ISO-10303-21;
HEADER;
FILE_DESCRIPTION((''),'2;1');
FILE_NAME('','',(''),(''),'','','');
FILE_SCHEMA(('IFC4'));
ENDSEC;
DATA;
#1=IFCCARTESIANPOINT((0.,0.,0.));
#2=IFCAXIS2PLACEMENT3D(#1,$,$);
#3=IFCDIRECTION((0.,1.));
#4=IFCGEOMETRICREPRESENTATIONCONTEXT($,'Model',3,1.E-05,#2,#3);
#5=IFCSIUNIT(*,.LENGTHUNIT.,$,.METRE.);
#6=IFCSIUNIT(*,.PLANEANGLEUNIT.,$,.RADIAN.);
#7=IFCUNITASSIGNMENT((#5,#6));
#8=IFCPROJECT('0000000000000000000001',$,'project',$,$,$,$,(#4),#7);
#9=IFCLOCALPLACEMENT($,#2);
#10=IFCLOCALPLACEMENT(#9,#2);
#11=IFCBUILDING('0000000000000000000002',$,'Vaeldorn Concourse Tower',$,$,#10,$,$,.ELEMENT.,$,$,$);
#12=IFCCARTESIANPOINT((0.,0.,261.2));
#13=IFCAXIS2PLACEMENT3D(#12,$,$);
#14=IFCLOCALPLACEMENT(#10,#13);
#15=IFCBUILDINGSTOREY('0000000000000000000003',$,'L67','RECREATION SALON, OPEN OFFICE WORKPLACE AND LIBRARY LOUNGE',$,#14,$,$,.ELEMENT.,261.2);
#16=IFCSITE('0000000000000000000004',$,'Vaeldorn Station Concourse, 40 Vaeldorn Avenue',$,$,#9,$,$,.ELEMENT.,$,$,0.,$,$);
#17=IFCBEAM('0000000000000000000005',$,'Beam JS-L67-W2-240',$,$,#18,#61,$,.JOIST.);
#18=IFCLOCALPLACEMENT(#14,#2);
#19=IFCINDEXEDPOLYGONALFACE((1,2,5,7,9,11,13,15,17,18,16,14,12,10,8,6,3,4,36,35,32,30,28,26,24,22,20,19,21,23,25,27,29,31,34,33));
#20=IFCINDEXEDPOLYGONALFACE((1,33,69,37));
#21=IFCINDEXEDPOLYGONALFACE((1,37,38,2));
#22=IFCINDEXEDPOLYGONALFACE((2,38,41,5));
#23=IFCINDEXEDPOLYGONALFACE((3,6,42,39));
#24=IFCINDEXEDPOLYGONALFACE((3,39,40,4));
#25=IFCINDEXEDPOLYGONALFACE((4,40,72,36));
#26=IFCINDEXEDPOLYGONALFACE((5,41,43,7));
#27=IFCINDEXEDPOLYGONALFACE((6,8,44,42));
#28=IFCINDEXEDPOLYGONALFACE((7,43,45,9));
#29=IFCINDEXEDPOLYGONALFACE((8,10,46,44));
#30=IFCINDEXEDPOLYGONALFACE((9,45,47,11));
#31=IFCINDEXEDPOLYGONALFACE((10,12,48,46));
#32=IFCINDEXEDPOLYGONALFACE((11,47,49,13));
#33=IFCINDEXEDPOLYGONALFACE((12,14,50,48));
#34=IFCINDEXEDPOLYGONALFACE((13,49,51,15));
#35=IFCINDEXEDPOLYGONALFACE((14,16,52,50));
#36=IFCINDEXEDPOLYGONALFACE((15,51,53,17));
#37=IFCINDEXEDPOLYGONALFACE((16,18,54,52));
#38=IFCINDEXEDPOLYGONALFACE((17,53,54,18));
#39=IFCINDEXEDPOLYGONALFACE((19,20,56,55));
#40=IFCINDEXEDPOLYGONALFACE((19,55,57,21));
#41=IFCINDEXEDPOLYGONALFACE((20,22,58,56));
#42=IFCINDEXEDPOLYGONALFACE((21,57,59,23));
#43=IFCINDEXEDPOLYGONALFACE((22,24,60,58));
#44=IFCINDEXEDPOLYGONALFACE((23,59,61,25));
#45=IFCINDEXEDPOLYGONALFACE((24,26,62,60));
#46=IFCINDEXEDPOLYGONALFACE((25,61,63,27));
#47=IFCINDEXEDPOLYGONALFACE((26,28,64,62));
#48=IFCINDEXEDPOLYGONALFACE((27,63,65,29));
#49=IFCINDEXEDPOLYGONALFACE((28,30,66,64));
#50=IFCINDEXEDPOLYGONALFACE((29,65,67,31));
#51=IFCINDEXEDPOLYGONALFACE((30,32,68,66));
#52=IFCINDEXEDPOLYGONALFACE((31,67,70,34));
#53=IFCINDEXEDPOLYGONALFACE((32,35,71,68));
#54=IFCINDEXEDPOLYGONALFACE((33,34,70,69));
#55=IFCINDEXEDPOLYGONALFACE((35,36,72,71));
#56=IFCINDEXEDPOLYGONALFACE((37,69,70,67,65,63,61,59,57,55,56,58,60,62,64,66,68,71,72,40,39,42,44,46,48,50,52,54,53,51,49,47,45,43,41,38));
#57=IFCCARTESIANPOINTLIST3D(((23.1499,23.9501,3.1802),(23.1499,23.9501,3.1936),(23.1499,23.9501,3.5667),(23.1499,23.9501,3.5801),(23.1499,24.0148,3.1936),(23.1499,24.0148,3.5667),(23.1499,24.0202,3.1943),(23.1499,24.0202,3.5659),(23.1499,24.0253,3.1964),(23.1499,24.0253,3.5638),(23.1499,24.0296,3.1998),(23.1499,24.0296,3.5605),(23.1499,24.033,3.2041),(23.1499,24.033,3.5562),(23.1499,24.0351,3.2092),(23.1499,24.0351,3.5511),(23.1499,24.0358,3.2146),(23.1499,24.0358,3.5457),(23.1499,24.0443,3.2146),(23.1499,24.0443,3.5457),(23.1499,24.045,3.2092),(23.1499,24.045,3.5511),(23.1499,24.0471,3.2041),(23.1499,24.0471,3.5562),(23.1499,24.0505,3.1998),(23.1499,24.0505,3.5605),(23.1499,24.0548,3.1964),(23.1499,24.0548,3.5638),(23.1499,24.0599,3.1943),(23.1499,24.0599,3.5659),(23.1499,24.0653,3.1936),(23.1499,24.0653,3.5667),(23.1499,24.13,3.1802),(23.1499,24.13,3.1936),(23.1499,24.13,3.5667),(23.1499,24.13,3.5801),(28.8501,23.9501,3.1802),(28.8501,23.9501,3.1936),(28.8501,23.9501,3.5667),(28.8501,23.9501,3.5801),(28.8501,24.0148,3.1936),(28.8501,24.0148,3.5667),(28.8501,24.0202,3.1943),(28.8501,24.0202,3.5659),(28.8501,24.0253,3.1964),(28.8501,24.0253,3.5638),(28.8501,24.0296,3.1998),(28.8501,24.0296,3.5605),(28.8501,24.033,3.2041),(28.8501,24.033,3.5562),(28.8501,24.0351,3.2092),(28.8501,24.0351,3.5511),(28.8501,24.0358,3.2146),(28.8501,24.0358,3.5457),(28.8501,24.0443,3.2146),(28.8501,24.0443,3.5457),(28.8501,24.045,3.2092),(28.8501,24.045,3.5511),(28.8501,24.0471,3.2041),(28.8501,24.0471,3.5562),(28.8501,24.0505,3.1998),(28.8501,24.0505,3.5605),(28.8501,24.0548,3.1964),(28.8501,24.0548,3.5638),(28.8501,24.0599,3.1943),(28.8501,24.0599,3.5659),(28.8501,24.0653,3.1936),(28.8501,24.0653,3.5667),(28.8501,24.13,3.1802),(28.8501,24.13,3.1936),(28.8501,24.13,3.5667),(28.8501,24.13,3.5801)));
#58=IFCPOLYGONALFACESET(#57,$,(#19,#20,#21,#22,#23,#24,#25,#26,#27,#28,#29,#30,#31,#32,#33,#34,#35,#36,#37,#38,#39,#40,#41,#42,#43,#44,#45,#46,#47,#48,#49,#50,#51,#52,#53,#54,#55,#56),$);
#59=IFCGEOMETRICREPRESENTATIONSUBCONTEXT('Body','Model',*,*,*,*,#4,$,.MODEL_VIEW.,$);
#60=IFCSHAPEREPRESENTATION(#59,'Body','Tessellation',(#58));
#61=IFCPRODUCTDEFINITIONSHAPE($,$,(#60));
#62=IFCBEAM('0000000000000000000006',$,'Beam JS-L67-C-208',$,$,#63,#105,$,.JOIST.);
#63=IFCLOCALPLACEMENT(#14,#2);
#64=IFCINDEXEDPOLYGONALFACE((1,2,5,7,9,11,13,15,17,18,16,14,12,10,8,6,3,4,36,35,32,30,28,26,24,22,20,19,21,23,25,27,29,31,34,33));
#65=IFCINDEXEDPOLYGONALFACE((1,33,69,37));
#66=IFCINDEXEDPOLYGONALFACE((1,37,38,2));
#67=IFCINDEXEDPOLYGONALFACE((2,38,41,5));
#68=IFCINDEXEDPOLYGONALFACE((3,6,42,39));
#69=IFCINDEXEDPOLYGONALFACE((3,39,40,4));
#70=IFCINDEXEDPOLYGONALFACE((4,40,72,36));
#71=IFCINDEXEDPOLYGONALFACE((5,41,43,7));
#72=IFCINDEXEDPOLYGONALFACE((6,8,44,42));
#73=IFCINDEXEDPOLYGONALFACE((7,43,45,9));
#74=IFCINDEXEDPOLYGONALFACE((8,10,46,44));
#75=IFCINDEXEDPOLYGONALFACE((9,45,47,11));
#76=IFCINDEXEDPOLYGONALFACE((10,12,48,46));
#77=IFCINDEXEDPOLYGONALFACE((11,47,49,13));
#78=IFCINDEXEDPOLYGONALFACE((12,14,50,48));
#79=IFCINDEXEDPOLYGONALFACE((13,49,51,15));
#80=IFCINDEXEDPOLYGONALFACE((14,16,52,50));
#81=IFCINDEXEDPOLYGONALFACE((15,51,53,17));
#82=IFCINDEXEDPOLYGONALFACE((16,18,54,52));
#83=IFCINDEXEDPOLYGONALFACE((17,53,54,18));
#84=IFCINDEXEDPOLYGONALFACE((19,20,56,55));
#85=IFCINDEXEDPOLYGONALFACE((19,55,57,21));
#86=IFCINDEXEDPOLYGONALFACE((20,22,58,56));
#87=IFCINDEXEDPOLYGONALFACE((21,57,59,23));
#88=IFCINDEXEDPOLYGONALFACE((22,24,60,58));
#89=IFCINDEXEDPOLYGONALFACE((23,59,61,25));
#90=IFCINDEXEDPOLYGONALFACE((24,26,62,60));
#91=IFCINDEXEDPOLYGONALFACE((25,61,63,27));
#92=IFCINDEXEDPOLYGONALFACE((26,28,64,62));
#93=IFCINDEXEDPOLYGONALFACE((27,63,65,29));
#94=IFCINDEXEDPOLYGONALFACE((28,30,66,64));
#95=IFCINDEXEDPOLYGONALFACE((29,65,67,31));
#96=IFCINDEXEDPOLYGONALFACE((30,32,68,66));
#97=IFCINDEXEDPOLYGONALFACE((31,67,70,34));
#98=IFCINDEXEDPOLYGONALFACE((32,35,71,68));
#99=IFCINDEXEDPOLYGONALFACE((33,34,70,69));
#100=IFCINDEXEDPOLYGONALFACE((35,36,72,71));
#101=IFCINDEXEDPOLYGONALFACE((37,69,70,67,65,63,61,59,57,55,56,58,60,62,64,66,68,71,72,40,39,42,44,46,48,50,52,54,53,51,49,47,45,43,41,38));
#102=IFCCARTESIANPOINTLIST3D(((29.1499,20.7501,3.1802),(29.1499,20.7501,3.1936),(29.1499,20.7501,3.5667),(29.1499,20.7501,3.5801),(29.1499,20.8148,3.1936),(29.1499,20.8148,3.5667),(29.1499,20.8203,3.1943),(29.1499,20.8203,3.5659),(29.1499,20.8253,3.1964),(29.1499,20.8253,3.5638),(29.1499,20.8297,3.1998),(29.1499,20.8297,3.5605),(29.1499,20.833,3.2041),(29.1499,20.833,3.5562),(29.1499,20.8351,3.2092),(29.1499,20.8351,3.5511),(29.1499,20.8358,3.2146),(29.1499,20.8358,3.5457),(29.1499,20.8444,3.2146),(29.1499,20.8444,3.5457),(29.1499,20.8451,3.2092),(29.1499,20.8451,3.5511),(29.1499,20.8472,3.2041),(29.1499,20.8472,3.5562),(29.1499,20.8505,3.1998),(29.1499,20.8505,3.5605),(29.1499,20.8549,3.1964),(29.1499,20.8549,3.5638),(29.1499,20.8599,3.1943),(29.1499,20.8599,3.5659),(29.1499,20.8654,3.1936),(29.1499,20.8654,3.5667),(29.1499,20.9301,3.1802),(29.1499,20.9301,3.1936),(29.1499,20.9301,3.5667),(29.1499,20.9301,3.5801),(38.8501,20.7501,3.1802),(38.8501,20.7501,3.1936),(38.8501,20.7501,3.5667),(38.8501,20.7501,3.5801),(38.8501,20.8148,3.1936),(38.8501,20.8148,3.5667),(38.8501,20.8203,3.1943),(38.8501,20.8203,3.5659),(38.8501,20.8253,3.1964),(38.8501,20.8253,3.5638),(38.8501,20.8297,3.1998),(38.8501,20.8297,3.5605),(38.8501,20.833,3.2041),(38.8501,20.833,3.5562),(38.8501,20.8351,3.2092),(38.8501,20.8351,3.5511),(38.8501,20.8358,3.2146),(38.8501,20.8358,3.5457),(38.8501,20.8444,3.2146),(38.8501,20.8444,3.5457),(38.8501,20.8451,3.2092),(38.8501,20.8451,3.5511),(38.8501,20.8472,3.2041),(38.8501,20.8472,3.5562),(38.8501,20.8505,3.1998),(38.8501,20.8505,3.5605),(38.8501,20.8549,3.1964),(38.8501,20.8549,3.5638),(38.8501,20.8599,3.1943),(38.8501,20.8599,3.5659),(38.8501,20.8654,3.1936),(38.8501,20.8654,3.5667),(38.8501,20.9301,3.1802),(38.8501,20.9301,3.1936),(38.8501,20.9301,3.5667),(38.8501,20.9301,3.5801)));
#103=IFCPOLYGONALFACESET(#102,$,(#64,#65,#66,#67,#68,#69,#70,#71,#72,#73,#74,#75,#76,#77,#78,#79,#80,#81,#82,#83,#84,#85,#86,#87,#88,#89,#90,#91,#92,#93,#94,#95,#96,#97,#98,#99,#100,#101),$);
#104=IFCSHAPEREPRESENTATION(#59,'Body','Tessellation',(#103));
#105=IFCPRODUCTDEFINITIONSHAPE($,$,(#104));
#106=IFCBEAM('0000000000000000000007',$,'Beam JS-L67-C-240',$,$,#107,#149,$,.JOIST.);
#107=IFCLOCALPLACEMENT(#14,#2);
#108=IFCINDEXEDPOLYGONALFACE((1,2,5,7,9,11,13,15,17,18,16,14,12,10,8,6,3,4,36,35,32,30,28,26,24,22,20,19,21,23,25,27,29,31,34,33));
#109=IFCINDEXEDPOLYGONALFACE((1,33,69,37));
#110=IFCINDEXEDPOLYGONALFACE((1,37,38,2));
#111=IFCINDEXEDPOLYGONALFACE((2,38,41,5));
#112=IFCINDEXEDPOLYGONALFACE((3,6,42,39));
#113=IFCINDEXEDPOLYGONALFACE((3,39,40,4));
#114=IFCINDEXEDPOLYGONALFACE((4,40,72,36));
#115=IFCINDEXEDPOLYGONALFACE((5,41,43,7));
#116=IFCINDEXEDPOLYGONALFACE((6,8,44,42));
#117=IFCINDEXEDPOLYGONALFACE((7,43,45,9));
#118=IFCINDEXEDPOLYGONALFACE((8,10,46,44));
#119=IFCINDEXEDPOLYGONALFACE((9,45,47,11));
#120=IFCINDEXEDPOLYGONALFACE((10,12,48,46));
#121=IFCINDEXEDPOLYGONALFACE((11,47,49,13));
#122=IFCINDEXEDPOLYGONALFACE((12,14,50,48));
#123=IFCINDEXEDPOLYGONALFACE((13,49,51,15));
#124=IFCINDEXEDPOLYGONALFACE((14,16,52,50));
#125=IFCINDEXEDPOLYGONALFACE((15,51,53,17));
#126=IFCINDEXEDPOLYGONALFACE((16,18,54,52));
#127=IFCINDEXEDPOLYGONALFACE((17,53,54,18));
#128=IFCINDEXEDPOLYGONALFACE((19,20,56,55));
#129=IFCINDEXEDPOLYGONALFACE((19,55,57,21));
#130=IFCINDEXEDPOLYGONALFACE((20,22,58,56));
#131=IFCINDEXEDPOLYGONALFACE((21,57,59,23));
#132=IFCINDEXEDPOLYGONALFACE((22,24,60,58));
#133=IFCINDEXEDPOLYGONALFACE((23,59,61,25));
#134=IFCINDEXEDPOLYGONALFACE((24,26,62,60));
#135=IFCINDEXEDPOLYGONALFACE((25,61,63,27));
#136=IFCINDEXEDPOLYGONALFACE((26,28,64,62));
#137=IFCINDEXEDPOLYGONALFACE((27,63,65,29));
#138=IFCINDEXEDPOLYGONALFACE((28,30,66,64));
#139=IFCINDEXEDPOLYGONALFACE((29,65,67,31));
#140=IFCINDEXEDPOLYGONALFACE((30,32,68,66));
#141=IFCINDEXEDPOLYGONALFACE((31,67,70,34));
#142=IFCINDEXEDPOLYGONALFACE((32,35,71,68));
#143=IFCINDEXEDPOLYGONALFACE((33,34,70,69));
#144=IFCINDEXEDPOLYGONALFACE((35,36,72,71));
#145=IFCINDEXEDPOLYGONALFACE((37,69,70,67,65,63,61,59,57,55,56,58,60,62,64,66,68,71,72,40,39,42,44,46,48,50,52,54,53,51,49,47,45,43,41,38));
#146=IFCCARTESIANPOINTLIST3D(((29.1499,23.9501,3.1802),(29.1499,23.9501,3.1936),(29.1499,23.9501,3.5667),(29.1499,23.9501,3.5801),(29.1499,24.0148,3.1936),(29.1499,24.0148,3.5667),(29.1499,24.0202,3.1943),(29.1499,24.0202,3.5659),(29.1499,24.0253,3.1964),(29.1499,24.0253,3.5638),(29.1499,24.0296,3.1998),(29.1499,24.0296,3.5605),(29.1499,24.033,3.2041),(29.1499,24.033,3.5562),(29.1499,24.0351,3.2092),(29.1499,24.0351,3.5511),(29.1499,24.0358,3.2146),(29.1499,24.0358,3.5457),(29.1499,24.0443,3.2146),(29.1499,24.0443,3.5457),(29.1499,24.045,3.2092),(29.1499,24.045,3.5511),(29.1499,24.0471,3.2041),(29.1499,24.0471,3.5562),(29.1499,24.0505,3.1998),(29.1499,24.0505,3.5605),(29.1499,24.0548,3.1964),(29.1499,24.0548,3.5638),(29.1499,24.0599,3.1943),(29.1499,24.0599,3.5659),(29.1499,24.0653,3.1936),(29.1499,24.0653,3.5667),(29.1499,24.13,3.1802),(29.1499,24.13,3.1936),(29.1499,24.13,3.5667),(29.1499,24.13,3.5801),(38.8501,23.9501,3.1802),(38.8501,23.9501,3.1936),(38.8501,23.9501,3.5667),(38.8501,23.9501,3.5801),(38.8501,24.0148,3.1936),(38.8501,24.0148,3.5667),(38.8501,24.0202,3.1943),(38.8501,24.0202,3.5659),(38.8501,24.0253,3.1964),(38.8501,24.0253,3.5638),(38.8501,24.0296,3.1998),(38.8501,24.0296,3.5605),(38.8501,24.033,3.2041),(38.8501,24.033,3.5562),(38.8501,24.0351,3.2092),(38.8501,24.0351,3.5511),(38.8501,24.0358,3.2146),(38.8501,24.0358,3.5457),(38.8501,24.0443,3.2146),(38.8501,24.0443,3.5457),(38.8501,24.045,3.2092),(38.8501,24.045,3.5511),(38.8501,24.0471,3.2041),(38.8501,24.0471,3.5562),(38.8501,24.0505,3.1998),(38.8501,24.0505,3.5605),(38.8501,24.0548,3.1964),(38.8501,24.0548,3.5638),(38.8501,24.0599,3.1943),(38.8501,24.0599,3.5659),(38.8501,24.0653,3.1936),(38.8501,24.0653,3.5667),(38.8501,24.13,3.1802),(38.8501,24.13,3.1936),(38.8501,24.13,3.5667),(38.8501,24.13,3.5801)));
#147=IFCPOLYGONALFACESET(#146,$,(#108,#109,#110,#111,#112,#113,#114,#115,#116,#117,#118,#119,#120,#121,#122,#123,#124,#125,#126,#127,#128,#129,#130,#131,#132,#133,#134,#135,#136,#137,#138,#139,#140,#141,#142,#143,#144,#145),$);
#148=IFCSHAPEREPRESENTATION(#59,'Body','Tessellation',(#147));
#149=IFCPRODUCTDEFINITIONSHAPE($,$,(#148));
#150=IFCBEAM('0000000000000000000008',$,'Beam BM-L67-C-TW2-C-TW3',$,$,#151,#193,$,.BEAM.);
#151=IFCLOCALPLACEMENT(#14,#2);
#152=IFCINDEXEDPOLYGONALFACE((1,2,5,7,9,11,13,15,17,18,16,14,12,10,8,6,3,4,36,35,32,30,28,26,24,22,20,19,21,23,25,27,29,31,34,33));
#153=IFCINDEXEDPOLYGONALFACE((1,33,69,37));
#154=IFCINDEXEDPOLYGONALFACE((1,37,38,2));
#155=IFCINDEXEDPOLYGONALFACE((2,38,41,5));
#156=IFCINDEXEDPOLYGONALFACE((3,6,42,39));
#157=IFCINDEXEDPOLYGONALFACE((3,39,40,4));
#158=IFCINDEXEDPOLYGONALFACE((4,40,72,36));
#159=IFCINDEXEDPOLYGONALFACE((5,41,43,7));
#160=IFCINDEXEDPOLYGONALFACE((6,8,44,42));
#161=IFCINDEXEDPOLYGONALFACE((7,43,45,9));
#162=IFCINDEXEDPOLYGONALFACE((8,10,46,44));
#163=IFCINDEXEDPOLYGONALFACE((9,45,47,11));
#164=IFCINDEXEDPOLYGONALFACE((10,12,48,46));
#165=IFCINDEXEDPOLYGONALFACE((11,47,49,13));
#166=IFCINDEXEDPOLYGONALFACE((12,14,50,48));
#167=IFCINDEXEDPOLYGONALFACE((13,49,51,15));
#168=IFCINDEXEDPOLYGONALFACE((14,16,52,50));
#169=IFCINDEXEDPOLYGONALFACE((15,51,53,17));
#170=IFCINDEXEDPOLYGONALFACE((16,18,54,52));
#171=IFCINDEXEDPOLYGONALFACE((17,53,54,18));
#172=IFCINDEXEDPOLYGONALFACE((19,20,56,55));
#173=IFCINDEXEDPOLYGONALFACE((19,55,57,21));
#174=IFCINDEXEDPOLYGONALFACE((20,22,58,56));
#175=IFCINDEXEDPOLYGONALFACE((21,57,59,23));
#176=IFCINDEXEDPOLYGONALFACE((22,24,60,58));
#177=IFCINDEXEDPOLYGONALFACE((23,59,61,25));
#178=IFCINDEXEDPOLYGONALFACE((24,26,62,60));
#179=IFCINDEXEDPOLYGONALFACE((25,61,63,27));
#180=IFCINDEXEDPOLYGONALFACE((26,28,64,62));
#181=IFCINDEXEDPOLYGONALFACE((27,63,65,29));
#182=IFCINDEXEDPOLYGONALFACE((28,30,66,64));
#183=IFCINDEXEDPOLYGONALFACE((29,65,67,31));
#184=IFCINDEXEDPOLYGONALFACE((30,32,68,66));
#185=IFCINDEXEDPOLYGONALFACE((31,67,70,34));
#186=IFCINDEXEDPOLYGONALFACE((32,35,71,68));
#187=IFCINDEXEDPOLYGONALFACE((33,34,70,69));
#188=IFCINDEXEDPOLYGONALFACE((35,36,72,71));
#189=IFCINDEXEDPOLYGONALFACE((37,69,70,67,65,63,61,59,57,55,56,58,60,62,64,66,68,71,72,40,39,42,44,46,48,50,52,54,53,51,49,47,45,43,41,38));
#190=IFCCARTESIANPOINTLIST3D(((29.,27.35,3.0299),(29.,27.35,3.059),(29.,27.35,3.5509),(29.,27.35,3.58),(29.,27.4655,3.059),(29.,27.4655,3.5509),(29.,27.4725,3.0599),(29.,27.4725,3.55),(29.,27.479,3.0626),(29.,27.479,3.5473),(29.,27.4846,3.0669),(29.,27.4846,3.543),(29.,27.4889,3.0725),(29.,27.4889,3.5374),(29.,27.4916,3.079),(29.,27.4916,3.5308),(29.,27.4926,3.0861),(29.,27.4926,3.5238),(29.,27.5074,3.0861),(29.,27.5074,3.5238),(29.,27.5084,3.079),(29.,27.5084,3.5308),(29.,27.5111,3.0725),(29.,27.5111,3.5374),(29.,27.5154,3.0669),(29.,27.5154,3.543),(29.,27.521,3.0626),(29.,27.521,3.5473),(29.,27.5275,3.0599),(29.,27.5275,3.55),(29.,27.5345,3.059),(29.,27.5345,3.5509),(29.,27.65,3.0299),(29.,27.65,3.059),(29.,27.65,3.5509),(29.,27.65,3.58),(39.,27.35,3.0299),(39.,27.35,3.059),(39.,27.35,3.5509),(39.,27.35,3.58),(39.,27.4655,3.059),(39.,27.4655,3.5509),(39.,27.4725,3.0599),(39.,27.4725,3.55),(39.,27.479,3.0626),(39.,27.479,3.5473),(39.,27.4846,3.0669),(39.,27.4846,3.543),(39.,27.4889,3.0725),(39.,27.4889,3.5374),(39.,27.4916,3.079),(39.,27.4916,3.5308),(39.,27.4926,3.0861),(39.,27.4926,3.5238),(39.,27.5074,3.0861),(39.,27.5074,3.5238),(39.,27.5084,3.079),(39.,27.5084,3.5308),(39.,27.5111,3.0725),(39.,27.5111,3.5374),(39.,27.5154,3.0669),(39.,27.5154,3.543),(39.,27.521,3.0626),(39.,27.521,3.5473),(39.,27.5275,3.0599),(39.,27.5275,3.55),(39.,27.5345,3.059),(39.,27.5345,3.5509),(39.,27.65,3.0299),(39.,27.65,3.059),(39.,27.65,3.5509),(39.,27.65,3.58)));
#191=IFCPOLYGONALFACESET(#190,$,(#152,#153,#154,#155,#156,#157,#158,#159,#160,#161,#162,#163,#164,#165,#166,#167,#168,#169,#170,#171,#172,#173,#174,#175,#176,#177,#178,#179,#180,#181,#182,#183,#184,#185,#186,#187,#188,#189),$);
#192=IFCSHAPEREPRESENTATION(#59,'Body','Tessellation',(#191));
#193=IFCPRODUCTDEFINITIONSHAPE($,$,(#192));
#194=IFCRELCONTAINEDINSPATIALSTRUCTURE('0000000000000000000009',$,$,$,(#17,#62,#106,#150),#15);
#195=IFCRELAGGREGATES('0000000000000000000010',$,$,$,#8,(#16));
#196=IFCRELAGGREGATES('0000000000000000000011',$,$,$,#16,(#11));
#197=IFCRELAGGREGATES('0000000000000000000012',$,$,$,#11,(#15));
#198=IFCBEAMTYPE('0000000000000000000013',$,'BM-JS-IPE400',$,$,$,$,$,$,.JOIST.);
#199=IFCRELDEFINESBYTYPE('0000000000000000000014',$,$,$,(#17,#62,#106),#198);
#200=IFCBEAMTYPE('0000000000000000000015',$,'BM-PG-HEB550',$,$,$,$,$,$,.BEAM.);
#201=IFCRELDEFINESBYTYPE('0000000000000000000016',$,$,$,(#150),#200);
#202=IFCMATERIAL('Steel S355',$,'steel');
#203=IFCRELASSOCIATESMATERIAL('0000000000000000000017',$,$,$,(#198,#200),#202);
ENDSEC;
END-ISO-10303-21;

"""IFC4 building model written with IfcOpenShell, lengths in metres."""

from ifc_helpers import new_model, si_unit, direction, frame, origin, origin_2d, place, context, subcontext, project, spatial, i_section, extrude, source, transform, mapped, material, material_profile, profile_set, type_object, element, save


model = new_model("IFC4")

# Units and contexts
model_context = context("Model", 3, precision=1e-05, world=origin(), true_north=direction((0.0, 1.0)))
body_context = subcontext(model_context, "Body", "Model", "MODEL_VIEW")
ifc_project = project(units=[si_unit("LENGTHUNIT", "METRE"), si_unit("PLANEANGLEUNIT", "RADIAN")], contexts=[model_context])

# Site, building, storey
site_placement = place(None, origin())
site = spatial("IfcSite", under=ifc_project, at=site_placement, Name="Vaeldorn Station Concourse, 40 Vaeldorn Avenue", CompositionType="ELEMENT", RefElevation=0.0)
building_placement = place(site_placement, origin())
building = spatial("IfcBuilding", under=site, at=building_placement, Name="Vaeldorn Concourse Tower", CompositionType="ELEMENT")
storey_placement = place(building_placement, frame((0.0, 0.0, 261.2)))
storey = spatial("IfcBuildingStorey", under=building, at=storey_placement, Name="L67", Description="RECREATION SALON, OPEN OFFICE WORKPLACE AND LIBRARY LOUNGE", CompositionType="ELEMENT", Elevation=261.2)

# Shared definitions
ifc_material_1 = material(Name="Steel S355", Category="steel")

# Beams
ifc_material_profile_1 = material_profile(ifc_material_1, i_section(OverallWidth=0.1799, OverallDepth=0.3999, WebThickness=0.0085, FlangeThickness=0.0134, FilletRadius=0.021, at=origin_2d()), Name="IPE 400")
ifc_profile_set_1 = profile_set([ifc_material_profile_1], Name="Steel S355")
beam_type_1 = type_object("IfcBeamType", Name="BM-JS-IPE400", PredefinedType="JOIST", material=ifc_profile_set_1)
shared_shape_1 = source(origin(), body_context, "Body", "SweptSolid", [
    extrude(i_section(OverallWidth=0.1799, OverallDepth=0.3999, WebThickness=0.0085, FlangeThickness=0.0134, FilletRadius=0.021, at=origin_2d()), origin(), (0.0, 0.0, 1.0), 5.7002),
])
for number, where, z_axis, x_axis, name in (
    (1, (23.1499, 24.04, 3.3801), (1.0, 0.0, 0.0), (0.0, 1.0, 0.0), "Beam JS-L67-W2-240"),
):
    element("IfcBeam", number, at=place(storey_placement, frame(where, z_axis=z_axis, x_axis=x_axis)), inside=storey, type_object=beam_type_1, Name=name, PredefinedType="JOIST", context=body_context, shape_type="MappedRepresentation", body=[
        mapped(shared_shape_1, transform((0.0, 0.0, 0.0), scale=1.0)),
    ])
shared_shape_2 = source(origin(), body_context, "Body", "SweptSolid", [
    extrude(i_section(OverallWidth=0.1799, OverallDepth=0.3999, WebThickness=0.0085, FlangeThickness=0.0134, FilletRadius=0.021, at=origin_2d()), origin(), (0.0, 0.0, 1.0), 9.7002),
])
for number, where, z_axis, x_axis, name in (
    (2, (29.1499, 20.8401, 3.3801), (1.0, 0.0, 0.0), (0.0, 1.0, 0.0), "Beam JS-L67-C-208"),
    (3, (29.1499, 24.04, 3.3801), (1.0, 0.0, 0.0), (0.0, 1.0, 0.0), "Beam JS-L67-C-240"),
):
    element("IfcBeam", number, at=place(storey_placement, frame(where, z_axis=z_axis, x_axis=x_axis)), inside=storey, type_object=beam_type_1, Name=name, PredefinedType="JOIST", context=body_context, shape_type="MappedRepresentation", body=[
        mapped(shared_shape_2, transform((0.0, 0.0, 0.0), scale=1.0)),
    ])
ifc_material_profile_2 = material_profile(ifc_material_1, i_section(OverallWidth=0.3, OverallDepth=0.55, WebThickness=0.0149, FlangeThickness=0.0291, FilletRadius=0.0271, at=origin_2d()), Name="HEB 550")
ifc_profile_set_2 = profile_set([ifc_material_profile_2], Name="Steel S355")
beam_type_2 = type_object("IfcBeamType", Name="BM-PG-HEB550", PredefinedType="BEAM", material=ifc_profile_set_2)
shared_shape_3 = source(origin(), body_context, "Body", "SweptSolid", [
    extrude(i_section(OverallWidth=0.3, OverallDepth=0.55, WebThickness=0.0149, FlangeThickness=0.0291, FilletRadius=0.0271, at=origin_2d()), origin(), (0.0, 0.0, 1.0), 10.0),
])
beam_1_placement = place(storey_placement, frame((29.0, 27.5, 3.3049), z_axis=(1.0, 0.0, 0.0), x_axis=(0.0, 1.0, 0.0)))
element("IfcBeam", 4, at=beam_1_placement, inside=storey, type_object=beam_type_2, Name="Beam BM-L67-C-TW2-C-TW3", PredefinedType="BEAM", context=body_context, shape_type="MappedRepresentation", body=[
    mapped(shared_shape_3, transform((0.0, 0.0, 0.0), scale=1.0)),
])

save(model, "model.ifc")
